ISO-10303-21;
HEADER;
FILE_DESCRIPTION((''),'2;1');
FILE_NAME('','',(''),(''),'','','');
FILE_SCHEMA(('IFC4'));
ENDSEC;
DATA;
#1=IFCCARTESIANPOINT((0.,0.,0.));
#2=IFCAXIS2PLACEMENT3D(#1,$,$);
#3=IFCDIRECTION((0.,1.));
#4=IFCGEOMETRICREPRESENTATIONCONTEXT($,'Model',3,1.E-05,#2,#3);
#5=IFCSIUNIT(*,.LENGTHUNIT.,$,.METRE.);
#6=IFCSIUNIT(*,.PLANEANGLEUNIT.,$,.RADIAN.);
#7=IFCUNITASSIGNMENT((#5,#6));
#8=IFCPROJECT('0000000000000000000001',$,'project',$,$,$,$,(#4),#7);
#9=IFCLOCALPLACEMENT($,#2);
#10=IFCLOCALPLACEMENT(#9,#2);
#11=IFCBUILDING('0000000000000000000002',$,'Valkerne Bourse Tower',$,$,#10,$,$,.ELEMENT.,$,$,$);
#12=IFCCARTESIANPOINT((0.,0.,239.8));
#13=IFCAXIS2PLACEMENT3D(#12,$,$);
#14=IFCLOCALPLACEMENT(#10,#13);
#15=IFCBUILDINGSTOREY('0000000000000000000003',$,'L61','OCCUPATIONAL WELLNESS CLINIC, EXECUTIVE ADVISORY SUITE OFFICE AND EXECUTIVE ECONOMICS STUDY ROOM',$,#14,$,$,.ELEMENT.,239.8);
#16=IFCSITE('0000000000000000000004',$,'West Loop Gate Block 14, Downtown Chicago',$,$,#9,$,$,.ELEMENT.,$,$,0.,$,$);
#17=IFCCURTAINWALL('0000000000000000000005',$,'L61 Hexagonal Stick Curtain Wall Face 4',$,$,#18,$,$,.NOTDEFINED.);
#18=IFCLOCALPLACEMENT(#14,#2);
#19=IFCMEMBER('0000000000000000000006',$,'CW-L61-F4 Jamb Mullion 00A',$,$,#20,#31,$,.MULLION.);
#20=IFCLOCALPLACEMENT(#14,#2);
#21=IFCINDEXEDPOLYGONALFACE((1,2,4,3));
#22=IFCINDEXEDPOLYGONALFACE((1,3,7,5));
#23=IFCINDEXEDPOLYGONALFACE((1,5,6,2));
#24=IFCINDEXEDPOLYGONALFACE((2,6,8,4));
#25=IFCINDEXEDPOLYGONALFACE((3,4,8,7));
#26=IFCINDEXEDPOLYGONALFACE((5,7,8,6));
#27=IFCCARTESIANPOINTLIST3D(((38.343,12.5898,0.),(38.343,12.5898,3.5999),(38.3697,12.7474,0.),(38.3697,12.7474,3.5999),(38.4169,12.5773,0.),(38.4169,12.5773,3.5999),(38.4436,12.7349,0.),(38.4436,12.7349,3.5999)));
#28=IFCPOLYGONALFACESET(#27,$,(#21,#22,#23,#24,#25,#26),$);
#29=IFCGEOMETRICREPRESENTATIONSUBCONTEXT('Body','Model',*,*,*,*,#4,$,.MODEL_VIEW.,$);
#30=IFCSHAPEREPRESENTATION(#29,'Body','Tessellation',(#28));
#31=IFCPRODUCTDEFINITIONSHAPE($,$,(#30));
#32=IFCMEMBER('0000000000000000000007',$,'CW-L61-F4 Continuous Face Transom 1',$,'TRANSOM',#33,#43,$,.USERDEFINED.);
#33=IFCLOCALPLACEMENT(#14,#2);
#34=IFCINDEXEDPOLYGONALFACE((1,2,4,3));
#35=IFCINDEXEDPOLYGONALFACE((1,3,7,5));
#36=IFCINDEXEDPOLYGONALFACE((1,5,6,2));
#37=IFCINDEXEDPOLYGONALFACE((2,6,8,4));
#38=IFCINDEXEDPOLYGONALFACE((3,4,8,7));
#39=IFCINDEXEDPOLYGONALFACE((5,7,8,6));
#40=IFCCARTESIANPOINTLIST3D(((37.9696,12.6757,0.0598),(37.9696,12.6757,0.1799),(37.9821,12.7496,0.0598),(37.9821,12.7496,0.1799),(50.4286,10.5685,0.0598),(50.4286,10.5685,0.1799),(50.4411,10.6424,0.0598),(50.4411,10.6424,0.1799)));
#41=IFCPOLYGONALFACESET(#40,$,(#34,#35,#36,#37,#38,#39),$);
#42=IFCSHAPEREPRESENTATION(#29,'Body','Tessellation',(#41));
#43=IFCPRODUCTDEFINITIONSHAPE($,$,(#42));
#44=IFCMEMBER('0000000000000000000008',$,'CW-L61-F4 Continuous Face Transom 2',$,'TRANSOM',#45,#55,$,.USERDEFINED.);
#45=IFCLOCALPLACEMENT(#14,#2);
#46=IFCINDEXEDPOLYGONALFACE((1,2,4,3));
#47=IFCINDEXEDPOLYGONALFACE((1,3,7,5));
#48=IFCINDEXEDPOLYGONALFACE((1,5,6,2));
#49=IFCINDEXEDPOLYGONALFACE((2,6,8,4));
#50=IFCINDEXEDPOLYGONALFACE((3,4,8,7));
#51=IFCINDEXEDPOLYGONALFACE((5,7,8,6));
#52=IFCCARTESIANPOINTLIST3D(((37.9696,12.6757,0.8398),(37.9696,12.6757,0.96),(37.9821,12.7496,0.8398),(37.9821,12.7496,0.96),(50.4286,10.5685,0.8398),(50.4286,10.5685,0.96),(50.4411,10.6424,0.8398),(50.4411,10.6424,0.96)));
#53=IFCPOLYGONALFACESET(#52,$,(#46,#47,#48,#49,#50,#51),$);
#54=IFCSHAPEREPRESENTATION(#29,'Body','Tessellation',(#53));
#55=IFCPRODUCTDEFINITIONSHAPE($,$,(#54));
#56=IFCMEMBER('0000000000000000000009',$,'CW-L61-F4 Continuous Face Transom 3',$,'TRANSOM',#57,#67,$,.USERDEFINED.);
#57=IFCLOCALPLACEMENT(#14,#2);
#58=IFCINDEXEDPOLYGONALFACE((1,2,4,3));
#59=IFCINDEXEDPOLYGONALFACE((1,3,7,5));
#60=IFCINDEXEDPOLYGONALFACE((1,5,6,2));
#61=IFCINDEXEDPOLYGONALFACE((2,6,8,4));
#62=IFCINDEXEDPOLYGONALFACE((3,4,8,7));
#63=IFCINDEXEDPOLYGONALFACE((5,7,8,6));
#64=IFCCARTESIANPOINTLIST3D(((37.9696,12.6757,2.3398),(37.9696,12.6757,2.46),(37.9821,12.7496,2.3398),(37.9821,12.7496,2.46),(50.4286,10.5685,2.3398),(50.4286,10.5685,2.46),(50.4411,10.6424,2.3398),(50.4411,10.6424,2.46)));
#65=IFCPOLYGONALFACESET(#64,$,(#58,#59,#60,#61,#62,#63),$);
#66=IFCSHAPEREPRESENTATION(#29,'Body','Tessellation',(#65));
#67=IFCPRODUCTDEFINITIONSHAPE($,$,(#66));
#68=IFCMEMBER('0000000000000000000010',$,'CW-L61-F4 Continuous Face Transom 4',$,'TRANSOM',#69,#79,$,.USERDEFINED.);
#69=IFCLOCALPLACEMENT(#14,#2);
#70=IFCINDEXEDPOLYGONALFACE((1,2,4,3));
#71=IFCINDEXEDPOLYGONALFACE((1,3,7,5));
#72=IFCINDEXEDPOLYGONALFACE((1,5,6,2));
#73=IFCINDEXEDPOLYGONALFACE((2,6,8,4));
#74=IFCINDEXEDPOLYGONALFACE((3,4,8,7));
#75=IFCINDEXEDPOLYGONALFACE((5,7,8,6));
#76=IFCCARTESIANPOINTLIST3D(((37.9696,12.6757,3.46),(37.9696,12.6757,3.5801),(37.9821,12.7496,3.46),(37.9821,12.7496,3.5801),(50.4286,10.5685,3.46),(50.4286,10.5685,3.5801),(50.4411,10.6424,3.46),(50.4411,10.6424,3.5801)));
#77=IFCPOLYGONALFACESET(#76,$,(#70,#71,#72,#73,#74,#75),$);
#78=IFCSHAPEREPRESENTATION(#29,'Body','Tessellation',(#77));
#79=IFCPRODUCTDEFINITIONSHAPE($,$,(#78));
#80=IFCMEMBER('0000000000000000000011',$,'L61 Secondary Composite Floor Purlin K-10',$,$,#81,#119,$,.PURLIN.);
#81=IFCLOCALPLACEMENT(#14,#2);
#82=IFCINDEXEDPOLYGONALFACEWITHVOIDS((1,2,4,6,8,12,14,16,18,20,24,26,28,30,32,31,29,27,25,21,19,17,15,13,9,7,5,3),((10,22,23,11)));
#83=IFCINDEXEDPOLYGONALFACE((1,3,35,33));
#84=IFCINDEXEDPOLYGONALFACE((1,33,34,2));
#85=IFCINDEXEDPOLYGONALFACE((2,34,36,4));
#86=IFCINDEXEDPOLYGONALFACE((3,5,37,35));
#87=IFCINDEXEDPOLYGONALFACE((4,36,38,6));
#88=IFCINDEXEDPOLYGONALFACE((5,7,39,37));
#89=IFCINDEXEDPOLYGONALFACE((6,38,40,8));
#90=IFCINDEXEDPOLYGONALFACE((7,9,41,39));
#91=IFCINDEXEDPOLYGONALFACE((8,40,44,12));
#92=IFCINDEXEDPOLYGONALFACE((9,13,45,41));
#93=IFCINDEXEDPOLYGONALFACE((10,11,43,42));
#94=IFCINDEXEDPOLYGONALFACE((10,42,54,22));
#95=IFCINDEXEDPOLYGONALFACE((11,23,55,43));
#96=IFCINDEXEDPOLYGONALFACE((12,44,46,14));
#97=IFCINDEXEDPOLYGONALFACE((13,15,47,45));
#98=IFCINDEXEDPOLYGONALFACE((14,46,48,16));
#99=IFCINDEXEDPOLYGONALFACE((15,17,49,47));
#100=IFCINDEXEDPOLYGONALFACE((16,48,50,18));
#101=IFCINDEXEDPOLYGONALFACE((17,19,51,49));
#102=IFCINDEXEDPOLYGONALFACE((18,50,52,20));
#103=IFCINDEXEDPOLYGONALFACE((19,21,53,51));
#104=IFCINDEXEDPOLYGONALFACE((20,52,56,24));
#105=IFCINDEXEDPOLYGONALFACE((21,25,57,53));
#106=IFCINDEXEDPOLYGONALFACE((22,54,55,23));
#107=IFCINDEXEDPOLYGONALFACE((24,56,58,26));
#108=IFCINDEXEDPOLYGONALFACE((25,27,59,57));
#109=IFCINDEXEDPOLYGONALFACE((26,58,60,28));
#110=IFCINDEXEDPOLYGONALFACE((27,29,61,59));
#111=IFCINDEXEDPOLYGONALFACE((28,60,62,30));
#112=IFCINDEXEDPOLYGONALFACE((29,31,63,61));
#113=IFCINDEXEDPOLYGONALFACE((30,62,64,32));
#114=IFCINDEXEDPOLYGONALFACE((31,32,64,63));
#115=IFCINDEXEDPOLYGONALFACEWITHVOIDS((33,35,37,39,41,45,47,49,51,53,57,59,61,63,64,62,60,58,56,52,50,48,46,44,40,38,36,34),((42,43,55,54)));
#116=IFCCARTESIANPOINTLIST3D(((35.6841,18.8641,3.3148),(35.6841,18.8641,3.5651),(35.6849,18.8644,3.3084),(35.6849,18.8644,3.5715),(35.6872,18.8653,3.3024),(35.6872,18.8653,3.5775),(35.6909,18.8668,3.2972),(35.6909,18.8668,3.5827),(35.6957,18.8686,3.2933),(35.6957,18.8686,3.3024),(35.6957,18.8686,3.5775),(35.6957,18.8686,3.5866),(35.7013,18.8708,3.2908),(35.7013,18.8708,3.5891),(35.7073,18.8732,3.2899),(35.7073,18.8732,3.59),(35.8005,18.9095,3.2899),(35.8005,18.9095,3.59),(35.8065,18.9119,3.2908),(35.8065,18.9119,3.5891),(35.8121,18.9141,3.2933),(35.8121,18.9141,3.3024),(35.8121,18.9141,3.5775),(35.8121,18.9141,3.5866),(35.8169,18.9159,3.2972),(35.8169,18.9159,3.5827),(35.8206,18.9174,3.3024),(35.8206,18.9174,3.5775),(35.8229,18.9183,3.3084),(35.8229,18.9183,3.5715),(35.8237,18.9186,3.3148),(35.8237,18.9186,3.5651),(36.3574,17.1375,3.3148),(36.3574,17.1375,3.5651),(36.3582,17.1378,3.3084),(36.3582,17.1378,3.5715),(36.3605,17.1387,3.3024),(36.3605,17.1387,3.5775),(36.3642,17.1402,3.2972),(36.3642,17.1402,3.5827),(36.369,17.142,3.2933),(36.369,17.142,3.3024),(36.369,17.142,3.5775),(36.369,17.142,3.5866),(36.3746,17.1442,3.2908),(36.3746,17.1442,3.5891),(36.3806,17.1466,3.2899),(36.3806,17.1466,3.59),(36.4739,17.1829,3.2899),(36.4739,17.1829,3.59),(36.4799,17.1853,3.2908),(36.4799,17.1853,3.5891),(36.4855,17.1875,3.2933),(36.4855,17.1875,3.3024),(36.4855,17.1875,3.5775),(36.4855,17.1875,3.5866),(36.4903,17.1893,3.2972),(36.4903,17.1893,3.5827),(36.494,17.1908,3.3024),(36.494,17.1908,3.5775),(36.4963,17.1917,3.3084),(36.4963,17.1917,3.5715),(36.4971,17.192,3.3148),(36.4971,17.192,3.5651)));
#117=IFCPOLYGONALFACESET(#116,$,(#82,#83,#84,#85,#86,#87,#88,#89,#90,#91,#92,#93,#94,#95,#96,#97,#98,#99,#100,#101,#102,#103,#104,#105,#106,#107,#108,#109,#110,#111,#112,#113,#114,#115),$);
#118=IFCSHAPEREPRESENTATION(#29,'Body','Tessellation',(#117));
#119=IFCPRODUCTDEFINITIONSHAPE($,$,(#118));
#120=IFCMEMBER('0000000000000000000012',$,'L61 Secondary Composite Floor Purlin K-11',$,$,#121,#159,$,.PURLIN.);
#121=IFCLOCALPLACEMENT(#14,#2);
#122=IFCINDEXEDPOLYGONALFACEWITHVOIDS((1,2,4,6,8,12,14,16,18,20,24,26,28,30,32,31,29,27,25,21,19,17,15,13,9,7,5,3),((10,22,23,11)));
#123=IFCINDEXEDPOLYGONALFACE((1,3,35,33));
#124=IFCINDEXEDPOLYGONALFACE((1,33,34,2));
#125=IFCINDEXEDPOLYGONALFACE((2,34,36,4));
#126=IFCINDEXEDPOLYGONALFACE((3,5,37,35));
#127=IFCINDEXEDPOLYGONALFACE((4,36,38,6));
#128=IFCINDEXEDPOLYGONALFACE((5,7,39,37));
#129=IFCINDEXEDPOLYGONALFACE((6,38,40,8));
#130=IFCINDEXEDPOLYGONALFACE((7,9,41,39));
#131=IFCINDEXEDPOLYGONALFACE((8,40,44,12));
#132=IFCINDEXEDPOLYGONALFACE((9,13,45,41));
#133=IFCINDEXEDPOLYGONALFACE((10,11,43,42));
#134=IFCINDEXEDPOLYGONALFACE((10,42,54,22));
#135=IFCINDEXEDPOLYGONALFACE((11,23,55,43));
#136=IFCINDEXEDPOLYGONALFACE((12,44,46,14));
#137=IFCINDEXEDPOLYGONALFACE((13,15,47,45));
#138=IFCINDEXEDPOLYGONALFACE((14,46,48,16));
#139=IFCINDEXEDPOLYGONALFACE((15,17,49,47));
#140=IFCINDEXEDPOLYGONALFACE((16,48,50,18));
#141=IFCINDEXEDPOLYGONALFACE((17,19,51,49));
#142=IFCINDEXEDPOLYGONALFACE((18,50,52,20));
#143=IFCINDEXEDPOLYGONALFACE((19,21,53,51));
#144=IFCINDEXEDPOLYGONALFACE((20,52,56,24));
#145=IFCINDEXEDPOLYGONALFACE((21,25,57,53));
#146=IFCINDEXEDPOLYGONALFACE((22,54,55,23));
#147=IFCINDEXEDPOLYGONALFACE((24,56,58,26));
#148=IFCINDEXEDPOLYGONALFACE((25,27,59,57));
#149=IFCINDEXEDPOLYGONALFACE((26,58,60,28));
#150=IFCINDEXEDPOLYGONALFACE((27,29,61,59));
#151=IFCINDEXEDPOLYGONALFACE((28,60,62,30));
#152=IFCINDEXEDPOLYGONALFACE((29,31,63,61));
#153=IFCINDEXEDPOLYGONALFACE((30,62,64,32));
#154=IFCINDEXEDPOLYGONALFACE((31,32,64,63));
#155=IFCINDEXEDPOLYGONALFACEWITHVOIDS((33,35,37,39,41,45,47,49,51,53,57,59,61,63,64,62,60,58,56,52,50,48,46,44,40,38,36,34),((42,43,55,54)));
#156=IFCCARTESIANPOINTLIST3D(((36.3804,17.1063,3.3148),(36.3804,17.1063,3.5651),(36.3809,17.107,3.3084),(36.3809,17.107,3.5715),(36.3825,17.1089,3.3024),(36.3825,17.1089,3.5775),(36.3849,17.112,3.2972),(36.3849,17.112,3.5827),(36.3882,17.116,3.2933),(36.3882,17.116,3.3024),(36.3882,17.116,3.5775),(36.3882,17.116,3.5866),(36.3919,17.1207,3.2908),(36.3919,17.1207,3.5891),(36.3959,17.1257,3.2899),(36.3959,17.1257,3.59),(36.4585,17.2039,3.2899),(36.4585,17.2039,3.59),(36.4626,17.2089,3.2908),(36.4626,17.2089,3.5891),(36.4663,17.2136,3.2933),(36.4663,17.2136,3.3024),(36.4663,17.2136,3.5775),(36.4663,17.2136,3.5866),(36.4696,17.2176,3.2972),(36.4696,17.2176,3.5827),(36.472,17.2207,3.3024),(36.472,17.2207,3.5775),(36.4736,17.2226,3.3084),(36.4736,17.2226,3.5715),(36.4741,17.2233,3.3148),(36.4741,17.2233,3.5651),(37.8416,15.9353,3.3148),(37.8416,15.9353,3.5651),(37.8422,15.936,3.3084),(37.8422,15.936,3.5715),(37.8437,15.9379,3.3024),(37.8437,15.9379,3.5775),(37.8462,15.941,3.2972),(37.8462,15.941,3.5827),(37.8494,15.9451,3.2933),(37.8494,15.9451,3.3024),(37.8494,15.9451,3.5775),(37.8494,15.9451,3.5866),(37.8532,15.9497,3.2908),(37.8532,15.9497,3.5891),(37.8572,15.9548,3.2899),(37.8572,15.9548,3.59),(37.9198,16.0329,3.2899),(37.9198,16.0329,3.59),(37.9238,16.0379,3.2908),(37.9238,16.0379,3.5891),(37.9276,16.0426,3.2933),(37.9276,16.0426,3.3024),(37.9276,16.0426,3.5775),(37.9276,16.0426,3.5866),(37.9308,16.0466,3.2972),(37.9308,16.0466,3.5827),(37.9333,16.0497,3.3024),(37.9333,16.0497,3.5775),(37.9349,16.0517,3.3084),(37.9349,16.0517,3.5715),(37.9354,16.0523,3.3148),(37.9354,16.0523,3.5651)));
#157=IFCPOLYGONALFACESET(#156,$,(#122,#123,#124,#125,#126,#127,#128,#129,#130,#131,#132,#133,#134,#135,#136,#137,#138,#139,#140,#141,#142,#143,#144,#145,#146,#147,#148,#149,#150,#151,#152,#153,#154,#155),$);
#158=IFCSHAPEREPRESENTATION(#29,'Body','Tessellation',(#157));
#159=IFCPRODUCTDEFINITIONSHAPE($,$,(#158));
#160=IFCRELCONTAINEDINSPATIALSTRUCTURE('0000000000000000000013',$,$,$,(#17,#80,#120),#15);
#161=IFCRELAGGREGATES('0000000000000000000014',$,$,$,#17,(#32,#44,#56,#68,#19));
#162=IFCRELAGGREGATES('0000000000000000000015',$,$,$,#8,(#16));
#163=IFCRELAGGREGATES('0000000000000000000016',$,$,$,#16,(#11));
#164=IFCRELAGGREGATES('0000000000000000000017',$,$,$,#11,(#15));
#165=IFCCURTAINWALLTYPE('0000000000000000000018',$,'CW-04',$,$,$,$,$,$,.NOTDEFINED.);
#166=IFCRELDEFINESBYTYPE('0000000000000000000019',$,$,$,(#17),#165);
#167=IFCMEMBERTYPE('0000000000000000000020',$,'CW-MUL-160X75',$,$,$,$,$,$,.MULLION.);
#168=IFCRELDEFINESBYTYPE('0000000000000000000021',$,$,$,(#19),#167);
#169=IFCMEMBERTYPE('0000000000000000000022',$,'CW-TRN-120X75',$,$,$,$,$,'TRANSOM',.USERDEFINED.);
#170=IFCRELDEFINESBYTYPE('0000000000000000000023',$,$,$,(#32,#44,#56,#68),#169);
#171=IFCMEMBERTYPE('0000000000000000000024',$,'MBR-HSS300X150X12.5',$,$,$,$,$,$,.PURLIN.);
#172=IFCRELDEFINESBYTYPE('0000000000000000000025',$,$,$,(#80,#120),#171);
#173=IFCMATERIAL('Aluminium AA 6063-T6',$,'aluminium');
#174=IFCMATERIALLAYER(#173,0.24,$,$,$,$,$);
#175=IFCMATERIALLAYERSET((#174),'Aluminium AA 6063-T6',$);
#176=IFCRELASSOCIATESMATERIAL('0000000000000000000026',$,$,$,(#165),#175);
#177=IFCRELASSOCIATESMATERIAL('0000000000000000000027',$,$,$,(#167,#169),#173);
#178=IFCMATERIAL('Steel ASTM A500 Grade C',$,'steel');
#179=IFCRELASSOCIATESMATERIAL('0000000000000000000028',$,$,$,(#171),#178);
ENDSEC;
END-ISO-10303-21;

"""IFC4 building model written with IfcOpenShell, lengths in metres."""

from ifc_helpers import new_model, si_unit, direction, frame, origin, origin_2d, place, context, subcontext, project, spatial, rectangle, hollow_rectangle, extrude, material, layer, layer_set, material_profile, profile_set, type_object, element, aggregate, save


model = new_model("IFC4")

# Units and contexts
model_context = context("Model", 3, precision=1e-05, world=origin(), true_north=direction((0.0, 1.0)))
body_context = subcontext(model_context, "Body", "Model", "MODEL_VIEW")
ifc_project = project(units=[si_unit("LENGTHUNIT", "METRE"), si_unit("PLANEANGLEUNIT", "RADIAN")], contexts=[model_context])

# Site, building, storey
site_placement = place(None, origin())
site = spatial("IfcSite", under=ifc_project, at=site_placement, Name="West Loop Gate Block 14, Downtown Chicago", CompositionType="ELEMENT", RefElevation=0.0)
building_placement = place(site_placement, origin())
building = spatial("IfcBuilding", under=site, at=building_placement, Name="Valkerne Bourse Tower", CompositionType="ELEMENT")
storey_placement = place(building_placement, frame((0.0, 0.0, 239.8)))
storey = spatial("IfcBuildingStorey", under=building, at=storey_placement, Name="L61", Description="OCCUPATIONAL WELLNESS CLINIC, EXECUTIVE ADVISORY SUITE OFFICE AND EXECUTIVE ECONOMICS STUDY ROOM", CompositionType="ELEMENT", Elevation=239.8)

# Curtain wall, members
ifc_material_1 = material(Name="Aluminium AA 6063-T6", Category="aluminium")
ifc_layer_1 = layer(ifc_material_1, 0.24)
ifc_layer_set_1 = layer_set([ifc_layer_1], Name="Aluminium AA 6063-T6")
curtain_wall_type = type_object("IfcCurtainWallType", Name="CW-04", PredefinedType="NOTDEFINED", material=ifc_layer_set_1)
curtain_wall_placement = place(storey_placement, origin())
curtain_wall = element("IfcCurtainWall", 1, at=curtain_wall_placement, inside=storey, type_object=curtain_wall_type, Name="L61 Hexagonal Stick Curtain Wall Face 4", PredefinedType="NOTDEFINED")
ifc_material_profile_1 = material_profile(ifc_material_1, rectangle(XDim=0.075, YDim=0.1599, at=origin_2d()), Name="CWM-75X160")
ifc_profile_set_1 = profile_set([ifc_material_profile_1], Name="Aluminium AA 6063-T6")
member_type_1 = type_object("IfcMemberType", Name="CW-MUL-160X75", PredefinedType="MULLION", material=ifc_profile_set_1)
member_1_placement = place(storey_placement, frame((38.3933, 12.6624, 0.0), z_axis=(0.0, 0.0, 1.0), x_axis=(0.985997, -0.166762, 0.0)))
member_1 = element("IfcMember", 2, at=member_1_placement, type_object=member_type_1, Name="CW-L61-F4 Jamb Mullion 00A", PredefinedType="MULLION", context=body_context, shape_type="SweptSolid", body=[
    extrude(rectangle(XDim=0.075, YDim=0.1599, at=origin_2d()), origin(), (0.0, 0.0, 1.0), 3.5999),
])
ifc_material_profile_2 = material_profile(ifc_material_1, rectangle(XDim=0.075, YDim=0.1201, at=origin_2d()), Name="CWT-75X120")
ifc_profile_set_2 = profile_set([ifc_material_profile_2], Name="Aluminium AA 6063-T6")
member_type_2 = type_object("IfcMemberType", Name="CW-TRN-120X75", ElementType="TRANSOM", PredefinedType="USERDEFINED", material=ifc_profile_set_2)
member_2_placement = place(storey_placement, frame((37.9758, 12.7126, 0.1199), z_axis=(0.985997, -0.166761, 0.0), x_axis=(0.166761, 0.985997, 0.0)))
member_2 = element("IfcMember", 3, at=member_2_placement, type_object=member_type_2, Name="CW-L61-F4 Continuous Face Transom 1", ObjectType="TRANSOM", PredefinedType="USERDEFINED", context=body_context, shape_type="SweptSolid", body=[
    extrude(rectangle(XDim=0.075, YDim=0.1201, at=origin_2d()), origin(), (0.0, 0.0, 1.0), 12.636),
])
member_3_placement = place(storey_placement, frame((37.9758, 12.7126, 0.8999), z_axis=(0.985997, -0.166761, 0.0), x_axis=(0.166761, 0.985997, 0.0)))
member_3 = element("IfcMember", 4, at=member_3_placement, type_object=member_type_2, Name="CW-L61-F4 Continuous Face Transom 2", ObjectType="TRANSOM", PredefinedType="USERDEFINED", context=body_context, shape_type="SweptSolid", body=[
    extrude(rectangle(XDim=0.075, YDim=0.1201, at=origin_2d()), origin(), (0.0, 0.0, 1.0), 12.636),
])
member_4_placement = place(storey_placement, frame((37.9758, 12.7126, 2.3999), z_axis=(0.985997, -0.166761, 0.0), x_axis=(0.166761, 0.985997, 0.0)))
member_4 = element("IfcMember", 5, at=member_4_placement, type_object=member_type_2, Name="CW-L61-F4 Continuous Face Transom 3", ObjectType="TRANSOM", PredefinedType="USERDEFINED", context=body_context, shape_type="SweptSolid", body=[
    extrude(rectangle(XDim=0.075, YDim=0.1201, at=origin_2d()), origin(), (0.0, 0.0, 1.0), 12.636),
])
member_5_placement = place(storey_placement, frame((37.9758, 12.7126, 3.52), z_axis=(0.985997, -0.166761, 0.0), x_axis=(0.166761, 0.985997, 0.0)))
member_5 = element("IfcMember", 6, at=member_5_placement, type_object=member_type_2, Name="CW-L61-F4 Continuous Face Transom 4", ObjectType="TRANSOM", PredefinedType="USERDEFINED", context=body_context, shape_type="SweptSolid", body=[
    extrude(rectangle(XDim=0.075, YDim=0.1201, at=origin_2d()), origin(), (0.0, 0.0, 1.0), 12.636),
])
aggregate(curtain_wall, [member_2, member_3, member_4, member_5, member_1])

# Members
ifc_material_2 = material(Name="Steel ASTM A500 Grade C", Category="steel")
ifc_material_profile_3 = material_profile(ifc_material_2, hollow_rectangle(XDim=0.1499, YDim=0.3, WallThickness=0.0125, OuterFilletRadius=0.0249, at=origin_2d()), Name="HSS300X150X12.5")
ifc_profile_set_3 = profile_set([ifc_material_profile_3], Name="Steel ASTM A500 Grade C")
member_type_3 = type_object("IfcMemberType", Name="MBR-HSS300X150X12.5", PredefinedType="PURLIN", material=ifc_profile_set_3)
member_6_placement = place(storey_placement, frame((35.7539, 18.8914, 3.4399), z_axis=(0.363336, -0.931658, 0.0), x_axis=(0.931658, 0.363336, 0.0)))
element("IfcMember", 7, at=member_6_placement, inside=storey, type_object=member_type_3, Name="L61 Secondary Composite Floor Purlin K-10", PredefinedType="PURLIN", context=body_context, shape_type="SweptSolid", body=[
    extrude(hollow_rectangle(XDim=0.1499, YDim=0.3, WallThickness=0.0125, OuterFilletRadius=0.0249, at=origin_2d()), origin(), (0.0, 0.0, 1.0), 1.8533),
])
member_7_placement = place(storey_placement, frame((36.4272, 17.1648, 3.4399), z_axis=(0.78036, -0.625331, 0.0), x_axis=(0.625331, 0.78036, 0.0)))
element("IfcMember", 8, at=member_7_placement, inside=storey, type_object=member_type_3, Name="L61 Secondary Composite Floor Purlin K-11", PredefinedType="PURLIN", context=body_context, shape_type="SweptSolid", body=[
    extrude(hollow_rectangle(XDim=0.1499, YDim=0.3, WallThickness=0.0125, OuterFilletRadius=0.0249, at=origin_2d()), origin(), (0.0, 0.0, 1.0), 1.8726),
])

save(model, "model.ifc")
